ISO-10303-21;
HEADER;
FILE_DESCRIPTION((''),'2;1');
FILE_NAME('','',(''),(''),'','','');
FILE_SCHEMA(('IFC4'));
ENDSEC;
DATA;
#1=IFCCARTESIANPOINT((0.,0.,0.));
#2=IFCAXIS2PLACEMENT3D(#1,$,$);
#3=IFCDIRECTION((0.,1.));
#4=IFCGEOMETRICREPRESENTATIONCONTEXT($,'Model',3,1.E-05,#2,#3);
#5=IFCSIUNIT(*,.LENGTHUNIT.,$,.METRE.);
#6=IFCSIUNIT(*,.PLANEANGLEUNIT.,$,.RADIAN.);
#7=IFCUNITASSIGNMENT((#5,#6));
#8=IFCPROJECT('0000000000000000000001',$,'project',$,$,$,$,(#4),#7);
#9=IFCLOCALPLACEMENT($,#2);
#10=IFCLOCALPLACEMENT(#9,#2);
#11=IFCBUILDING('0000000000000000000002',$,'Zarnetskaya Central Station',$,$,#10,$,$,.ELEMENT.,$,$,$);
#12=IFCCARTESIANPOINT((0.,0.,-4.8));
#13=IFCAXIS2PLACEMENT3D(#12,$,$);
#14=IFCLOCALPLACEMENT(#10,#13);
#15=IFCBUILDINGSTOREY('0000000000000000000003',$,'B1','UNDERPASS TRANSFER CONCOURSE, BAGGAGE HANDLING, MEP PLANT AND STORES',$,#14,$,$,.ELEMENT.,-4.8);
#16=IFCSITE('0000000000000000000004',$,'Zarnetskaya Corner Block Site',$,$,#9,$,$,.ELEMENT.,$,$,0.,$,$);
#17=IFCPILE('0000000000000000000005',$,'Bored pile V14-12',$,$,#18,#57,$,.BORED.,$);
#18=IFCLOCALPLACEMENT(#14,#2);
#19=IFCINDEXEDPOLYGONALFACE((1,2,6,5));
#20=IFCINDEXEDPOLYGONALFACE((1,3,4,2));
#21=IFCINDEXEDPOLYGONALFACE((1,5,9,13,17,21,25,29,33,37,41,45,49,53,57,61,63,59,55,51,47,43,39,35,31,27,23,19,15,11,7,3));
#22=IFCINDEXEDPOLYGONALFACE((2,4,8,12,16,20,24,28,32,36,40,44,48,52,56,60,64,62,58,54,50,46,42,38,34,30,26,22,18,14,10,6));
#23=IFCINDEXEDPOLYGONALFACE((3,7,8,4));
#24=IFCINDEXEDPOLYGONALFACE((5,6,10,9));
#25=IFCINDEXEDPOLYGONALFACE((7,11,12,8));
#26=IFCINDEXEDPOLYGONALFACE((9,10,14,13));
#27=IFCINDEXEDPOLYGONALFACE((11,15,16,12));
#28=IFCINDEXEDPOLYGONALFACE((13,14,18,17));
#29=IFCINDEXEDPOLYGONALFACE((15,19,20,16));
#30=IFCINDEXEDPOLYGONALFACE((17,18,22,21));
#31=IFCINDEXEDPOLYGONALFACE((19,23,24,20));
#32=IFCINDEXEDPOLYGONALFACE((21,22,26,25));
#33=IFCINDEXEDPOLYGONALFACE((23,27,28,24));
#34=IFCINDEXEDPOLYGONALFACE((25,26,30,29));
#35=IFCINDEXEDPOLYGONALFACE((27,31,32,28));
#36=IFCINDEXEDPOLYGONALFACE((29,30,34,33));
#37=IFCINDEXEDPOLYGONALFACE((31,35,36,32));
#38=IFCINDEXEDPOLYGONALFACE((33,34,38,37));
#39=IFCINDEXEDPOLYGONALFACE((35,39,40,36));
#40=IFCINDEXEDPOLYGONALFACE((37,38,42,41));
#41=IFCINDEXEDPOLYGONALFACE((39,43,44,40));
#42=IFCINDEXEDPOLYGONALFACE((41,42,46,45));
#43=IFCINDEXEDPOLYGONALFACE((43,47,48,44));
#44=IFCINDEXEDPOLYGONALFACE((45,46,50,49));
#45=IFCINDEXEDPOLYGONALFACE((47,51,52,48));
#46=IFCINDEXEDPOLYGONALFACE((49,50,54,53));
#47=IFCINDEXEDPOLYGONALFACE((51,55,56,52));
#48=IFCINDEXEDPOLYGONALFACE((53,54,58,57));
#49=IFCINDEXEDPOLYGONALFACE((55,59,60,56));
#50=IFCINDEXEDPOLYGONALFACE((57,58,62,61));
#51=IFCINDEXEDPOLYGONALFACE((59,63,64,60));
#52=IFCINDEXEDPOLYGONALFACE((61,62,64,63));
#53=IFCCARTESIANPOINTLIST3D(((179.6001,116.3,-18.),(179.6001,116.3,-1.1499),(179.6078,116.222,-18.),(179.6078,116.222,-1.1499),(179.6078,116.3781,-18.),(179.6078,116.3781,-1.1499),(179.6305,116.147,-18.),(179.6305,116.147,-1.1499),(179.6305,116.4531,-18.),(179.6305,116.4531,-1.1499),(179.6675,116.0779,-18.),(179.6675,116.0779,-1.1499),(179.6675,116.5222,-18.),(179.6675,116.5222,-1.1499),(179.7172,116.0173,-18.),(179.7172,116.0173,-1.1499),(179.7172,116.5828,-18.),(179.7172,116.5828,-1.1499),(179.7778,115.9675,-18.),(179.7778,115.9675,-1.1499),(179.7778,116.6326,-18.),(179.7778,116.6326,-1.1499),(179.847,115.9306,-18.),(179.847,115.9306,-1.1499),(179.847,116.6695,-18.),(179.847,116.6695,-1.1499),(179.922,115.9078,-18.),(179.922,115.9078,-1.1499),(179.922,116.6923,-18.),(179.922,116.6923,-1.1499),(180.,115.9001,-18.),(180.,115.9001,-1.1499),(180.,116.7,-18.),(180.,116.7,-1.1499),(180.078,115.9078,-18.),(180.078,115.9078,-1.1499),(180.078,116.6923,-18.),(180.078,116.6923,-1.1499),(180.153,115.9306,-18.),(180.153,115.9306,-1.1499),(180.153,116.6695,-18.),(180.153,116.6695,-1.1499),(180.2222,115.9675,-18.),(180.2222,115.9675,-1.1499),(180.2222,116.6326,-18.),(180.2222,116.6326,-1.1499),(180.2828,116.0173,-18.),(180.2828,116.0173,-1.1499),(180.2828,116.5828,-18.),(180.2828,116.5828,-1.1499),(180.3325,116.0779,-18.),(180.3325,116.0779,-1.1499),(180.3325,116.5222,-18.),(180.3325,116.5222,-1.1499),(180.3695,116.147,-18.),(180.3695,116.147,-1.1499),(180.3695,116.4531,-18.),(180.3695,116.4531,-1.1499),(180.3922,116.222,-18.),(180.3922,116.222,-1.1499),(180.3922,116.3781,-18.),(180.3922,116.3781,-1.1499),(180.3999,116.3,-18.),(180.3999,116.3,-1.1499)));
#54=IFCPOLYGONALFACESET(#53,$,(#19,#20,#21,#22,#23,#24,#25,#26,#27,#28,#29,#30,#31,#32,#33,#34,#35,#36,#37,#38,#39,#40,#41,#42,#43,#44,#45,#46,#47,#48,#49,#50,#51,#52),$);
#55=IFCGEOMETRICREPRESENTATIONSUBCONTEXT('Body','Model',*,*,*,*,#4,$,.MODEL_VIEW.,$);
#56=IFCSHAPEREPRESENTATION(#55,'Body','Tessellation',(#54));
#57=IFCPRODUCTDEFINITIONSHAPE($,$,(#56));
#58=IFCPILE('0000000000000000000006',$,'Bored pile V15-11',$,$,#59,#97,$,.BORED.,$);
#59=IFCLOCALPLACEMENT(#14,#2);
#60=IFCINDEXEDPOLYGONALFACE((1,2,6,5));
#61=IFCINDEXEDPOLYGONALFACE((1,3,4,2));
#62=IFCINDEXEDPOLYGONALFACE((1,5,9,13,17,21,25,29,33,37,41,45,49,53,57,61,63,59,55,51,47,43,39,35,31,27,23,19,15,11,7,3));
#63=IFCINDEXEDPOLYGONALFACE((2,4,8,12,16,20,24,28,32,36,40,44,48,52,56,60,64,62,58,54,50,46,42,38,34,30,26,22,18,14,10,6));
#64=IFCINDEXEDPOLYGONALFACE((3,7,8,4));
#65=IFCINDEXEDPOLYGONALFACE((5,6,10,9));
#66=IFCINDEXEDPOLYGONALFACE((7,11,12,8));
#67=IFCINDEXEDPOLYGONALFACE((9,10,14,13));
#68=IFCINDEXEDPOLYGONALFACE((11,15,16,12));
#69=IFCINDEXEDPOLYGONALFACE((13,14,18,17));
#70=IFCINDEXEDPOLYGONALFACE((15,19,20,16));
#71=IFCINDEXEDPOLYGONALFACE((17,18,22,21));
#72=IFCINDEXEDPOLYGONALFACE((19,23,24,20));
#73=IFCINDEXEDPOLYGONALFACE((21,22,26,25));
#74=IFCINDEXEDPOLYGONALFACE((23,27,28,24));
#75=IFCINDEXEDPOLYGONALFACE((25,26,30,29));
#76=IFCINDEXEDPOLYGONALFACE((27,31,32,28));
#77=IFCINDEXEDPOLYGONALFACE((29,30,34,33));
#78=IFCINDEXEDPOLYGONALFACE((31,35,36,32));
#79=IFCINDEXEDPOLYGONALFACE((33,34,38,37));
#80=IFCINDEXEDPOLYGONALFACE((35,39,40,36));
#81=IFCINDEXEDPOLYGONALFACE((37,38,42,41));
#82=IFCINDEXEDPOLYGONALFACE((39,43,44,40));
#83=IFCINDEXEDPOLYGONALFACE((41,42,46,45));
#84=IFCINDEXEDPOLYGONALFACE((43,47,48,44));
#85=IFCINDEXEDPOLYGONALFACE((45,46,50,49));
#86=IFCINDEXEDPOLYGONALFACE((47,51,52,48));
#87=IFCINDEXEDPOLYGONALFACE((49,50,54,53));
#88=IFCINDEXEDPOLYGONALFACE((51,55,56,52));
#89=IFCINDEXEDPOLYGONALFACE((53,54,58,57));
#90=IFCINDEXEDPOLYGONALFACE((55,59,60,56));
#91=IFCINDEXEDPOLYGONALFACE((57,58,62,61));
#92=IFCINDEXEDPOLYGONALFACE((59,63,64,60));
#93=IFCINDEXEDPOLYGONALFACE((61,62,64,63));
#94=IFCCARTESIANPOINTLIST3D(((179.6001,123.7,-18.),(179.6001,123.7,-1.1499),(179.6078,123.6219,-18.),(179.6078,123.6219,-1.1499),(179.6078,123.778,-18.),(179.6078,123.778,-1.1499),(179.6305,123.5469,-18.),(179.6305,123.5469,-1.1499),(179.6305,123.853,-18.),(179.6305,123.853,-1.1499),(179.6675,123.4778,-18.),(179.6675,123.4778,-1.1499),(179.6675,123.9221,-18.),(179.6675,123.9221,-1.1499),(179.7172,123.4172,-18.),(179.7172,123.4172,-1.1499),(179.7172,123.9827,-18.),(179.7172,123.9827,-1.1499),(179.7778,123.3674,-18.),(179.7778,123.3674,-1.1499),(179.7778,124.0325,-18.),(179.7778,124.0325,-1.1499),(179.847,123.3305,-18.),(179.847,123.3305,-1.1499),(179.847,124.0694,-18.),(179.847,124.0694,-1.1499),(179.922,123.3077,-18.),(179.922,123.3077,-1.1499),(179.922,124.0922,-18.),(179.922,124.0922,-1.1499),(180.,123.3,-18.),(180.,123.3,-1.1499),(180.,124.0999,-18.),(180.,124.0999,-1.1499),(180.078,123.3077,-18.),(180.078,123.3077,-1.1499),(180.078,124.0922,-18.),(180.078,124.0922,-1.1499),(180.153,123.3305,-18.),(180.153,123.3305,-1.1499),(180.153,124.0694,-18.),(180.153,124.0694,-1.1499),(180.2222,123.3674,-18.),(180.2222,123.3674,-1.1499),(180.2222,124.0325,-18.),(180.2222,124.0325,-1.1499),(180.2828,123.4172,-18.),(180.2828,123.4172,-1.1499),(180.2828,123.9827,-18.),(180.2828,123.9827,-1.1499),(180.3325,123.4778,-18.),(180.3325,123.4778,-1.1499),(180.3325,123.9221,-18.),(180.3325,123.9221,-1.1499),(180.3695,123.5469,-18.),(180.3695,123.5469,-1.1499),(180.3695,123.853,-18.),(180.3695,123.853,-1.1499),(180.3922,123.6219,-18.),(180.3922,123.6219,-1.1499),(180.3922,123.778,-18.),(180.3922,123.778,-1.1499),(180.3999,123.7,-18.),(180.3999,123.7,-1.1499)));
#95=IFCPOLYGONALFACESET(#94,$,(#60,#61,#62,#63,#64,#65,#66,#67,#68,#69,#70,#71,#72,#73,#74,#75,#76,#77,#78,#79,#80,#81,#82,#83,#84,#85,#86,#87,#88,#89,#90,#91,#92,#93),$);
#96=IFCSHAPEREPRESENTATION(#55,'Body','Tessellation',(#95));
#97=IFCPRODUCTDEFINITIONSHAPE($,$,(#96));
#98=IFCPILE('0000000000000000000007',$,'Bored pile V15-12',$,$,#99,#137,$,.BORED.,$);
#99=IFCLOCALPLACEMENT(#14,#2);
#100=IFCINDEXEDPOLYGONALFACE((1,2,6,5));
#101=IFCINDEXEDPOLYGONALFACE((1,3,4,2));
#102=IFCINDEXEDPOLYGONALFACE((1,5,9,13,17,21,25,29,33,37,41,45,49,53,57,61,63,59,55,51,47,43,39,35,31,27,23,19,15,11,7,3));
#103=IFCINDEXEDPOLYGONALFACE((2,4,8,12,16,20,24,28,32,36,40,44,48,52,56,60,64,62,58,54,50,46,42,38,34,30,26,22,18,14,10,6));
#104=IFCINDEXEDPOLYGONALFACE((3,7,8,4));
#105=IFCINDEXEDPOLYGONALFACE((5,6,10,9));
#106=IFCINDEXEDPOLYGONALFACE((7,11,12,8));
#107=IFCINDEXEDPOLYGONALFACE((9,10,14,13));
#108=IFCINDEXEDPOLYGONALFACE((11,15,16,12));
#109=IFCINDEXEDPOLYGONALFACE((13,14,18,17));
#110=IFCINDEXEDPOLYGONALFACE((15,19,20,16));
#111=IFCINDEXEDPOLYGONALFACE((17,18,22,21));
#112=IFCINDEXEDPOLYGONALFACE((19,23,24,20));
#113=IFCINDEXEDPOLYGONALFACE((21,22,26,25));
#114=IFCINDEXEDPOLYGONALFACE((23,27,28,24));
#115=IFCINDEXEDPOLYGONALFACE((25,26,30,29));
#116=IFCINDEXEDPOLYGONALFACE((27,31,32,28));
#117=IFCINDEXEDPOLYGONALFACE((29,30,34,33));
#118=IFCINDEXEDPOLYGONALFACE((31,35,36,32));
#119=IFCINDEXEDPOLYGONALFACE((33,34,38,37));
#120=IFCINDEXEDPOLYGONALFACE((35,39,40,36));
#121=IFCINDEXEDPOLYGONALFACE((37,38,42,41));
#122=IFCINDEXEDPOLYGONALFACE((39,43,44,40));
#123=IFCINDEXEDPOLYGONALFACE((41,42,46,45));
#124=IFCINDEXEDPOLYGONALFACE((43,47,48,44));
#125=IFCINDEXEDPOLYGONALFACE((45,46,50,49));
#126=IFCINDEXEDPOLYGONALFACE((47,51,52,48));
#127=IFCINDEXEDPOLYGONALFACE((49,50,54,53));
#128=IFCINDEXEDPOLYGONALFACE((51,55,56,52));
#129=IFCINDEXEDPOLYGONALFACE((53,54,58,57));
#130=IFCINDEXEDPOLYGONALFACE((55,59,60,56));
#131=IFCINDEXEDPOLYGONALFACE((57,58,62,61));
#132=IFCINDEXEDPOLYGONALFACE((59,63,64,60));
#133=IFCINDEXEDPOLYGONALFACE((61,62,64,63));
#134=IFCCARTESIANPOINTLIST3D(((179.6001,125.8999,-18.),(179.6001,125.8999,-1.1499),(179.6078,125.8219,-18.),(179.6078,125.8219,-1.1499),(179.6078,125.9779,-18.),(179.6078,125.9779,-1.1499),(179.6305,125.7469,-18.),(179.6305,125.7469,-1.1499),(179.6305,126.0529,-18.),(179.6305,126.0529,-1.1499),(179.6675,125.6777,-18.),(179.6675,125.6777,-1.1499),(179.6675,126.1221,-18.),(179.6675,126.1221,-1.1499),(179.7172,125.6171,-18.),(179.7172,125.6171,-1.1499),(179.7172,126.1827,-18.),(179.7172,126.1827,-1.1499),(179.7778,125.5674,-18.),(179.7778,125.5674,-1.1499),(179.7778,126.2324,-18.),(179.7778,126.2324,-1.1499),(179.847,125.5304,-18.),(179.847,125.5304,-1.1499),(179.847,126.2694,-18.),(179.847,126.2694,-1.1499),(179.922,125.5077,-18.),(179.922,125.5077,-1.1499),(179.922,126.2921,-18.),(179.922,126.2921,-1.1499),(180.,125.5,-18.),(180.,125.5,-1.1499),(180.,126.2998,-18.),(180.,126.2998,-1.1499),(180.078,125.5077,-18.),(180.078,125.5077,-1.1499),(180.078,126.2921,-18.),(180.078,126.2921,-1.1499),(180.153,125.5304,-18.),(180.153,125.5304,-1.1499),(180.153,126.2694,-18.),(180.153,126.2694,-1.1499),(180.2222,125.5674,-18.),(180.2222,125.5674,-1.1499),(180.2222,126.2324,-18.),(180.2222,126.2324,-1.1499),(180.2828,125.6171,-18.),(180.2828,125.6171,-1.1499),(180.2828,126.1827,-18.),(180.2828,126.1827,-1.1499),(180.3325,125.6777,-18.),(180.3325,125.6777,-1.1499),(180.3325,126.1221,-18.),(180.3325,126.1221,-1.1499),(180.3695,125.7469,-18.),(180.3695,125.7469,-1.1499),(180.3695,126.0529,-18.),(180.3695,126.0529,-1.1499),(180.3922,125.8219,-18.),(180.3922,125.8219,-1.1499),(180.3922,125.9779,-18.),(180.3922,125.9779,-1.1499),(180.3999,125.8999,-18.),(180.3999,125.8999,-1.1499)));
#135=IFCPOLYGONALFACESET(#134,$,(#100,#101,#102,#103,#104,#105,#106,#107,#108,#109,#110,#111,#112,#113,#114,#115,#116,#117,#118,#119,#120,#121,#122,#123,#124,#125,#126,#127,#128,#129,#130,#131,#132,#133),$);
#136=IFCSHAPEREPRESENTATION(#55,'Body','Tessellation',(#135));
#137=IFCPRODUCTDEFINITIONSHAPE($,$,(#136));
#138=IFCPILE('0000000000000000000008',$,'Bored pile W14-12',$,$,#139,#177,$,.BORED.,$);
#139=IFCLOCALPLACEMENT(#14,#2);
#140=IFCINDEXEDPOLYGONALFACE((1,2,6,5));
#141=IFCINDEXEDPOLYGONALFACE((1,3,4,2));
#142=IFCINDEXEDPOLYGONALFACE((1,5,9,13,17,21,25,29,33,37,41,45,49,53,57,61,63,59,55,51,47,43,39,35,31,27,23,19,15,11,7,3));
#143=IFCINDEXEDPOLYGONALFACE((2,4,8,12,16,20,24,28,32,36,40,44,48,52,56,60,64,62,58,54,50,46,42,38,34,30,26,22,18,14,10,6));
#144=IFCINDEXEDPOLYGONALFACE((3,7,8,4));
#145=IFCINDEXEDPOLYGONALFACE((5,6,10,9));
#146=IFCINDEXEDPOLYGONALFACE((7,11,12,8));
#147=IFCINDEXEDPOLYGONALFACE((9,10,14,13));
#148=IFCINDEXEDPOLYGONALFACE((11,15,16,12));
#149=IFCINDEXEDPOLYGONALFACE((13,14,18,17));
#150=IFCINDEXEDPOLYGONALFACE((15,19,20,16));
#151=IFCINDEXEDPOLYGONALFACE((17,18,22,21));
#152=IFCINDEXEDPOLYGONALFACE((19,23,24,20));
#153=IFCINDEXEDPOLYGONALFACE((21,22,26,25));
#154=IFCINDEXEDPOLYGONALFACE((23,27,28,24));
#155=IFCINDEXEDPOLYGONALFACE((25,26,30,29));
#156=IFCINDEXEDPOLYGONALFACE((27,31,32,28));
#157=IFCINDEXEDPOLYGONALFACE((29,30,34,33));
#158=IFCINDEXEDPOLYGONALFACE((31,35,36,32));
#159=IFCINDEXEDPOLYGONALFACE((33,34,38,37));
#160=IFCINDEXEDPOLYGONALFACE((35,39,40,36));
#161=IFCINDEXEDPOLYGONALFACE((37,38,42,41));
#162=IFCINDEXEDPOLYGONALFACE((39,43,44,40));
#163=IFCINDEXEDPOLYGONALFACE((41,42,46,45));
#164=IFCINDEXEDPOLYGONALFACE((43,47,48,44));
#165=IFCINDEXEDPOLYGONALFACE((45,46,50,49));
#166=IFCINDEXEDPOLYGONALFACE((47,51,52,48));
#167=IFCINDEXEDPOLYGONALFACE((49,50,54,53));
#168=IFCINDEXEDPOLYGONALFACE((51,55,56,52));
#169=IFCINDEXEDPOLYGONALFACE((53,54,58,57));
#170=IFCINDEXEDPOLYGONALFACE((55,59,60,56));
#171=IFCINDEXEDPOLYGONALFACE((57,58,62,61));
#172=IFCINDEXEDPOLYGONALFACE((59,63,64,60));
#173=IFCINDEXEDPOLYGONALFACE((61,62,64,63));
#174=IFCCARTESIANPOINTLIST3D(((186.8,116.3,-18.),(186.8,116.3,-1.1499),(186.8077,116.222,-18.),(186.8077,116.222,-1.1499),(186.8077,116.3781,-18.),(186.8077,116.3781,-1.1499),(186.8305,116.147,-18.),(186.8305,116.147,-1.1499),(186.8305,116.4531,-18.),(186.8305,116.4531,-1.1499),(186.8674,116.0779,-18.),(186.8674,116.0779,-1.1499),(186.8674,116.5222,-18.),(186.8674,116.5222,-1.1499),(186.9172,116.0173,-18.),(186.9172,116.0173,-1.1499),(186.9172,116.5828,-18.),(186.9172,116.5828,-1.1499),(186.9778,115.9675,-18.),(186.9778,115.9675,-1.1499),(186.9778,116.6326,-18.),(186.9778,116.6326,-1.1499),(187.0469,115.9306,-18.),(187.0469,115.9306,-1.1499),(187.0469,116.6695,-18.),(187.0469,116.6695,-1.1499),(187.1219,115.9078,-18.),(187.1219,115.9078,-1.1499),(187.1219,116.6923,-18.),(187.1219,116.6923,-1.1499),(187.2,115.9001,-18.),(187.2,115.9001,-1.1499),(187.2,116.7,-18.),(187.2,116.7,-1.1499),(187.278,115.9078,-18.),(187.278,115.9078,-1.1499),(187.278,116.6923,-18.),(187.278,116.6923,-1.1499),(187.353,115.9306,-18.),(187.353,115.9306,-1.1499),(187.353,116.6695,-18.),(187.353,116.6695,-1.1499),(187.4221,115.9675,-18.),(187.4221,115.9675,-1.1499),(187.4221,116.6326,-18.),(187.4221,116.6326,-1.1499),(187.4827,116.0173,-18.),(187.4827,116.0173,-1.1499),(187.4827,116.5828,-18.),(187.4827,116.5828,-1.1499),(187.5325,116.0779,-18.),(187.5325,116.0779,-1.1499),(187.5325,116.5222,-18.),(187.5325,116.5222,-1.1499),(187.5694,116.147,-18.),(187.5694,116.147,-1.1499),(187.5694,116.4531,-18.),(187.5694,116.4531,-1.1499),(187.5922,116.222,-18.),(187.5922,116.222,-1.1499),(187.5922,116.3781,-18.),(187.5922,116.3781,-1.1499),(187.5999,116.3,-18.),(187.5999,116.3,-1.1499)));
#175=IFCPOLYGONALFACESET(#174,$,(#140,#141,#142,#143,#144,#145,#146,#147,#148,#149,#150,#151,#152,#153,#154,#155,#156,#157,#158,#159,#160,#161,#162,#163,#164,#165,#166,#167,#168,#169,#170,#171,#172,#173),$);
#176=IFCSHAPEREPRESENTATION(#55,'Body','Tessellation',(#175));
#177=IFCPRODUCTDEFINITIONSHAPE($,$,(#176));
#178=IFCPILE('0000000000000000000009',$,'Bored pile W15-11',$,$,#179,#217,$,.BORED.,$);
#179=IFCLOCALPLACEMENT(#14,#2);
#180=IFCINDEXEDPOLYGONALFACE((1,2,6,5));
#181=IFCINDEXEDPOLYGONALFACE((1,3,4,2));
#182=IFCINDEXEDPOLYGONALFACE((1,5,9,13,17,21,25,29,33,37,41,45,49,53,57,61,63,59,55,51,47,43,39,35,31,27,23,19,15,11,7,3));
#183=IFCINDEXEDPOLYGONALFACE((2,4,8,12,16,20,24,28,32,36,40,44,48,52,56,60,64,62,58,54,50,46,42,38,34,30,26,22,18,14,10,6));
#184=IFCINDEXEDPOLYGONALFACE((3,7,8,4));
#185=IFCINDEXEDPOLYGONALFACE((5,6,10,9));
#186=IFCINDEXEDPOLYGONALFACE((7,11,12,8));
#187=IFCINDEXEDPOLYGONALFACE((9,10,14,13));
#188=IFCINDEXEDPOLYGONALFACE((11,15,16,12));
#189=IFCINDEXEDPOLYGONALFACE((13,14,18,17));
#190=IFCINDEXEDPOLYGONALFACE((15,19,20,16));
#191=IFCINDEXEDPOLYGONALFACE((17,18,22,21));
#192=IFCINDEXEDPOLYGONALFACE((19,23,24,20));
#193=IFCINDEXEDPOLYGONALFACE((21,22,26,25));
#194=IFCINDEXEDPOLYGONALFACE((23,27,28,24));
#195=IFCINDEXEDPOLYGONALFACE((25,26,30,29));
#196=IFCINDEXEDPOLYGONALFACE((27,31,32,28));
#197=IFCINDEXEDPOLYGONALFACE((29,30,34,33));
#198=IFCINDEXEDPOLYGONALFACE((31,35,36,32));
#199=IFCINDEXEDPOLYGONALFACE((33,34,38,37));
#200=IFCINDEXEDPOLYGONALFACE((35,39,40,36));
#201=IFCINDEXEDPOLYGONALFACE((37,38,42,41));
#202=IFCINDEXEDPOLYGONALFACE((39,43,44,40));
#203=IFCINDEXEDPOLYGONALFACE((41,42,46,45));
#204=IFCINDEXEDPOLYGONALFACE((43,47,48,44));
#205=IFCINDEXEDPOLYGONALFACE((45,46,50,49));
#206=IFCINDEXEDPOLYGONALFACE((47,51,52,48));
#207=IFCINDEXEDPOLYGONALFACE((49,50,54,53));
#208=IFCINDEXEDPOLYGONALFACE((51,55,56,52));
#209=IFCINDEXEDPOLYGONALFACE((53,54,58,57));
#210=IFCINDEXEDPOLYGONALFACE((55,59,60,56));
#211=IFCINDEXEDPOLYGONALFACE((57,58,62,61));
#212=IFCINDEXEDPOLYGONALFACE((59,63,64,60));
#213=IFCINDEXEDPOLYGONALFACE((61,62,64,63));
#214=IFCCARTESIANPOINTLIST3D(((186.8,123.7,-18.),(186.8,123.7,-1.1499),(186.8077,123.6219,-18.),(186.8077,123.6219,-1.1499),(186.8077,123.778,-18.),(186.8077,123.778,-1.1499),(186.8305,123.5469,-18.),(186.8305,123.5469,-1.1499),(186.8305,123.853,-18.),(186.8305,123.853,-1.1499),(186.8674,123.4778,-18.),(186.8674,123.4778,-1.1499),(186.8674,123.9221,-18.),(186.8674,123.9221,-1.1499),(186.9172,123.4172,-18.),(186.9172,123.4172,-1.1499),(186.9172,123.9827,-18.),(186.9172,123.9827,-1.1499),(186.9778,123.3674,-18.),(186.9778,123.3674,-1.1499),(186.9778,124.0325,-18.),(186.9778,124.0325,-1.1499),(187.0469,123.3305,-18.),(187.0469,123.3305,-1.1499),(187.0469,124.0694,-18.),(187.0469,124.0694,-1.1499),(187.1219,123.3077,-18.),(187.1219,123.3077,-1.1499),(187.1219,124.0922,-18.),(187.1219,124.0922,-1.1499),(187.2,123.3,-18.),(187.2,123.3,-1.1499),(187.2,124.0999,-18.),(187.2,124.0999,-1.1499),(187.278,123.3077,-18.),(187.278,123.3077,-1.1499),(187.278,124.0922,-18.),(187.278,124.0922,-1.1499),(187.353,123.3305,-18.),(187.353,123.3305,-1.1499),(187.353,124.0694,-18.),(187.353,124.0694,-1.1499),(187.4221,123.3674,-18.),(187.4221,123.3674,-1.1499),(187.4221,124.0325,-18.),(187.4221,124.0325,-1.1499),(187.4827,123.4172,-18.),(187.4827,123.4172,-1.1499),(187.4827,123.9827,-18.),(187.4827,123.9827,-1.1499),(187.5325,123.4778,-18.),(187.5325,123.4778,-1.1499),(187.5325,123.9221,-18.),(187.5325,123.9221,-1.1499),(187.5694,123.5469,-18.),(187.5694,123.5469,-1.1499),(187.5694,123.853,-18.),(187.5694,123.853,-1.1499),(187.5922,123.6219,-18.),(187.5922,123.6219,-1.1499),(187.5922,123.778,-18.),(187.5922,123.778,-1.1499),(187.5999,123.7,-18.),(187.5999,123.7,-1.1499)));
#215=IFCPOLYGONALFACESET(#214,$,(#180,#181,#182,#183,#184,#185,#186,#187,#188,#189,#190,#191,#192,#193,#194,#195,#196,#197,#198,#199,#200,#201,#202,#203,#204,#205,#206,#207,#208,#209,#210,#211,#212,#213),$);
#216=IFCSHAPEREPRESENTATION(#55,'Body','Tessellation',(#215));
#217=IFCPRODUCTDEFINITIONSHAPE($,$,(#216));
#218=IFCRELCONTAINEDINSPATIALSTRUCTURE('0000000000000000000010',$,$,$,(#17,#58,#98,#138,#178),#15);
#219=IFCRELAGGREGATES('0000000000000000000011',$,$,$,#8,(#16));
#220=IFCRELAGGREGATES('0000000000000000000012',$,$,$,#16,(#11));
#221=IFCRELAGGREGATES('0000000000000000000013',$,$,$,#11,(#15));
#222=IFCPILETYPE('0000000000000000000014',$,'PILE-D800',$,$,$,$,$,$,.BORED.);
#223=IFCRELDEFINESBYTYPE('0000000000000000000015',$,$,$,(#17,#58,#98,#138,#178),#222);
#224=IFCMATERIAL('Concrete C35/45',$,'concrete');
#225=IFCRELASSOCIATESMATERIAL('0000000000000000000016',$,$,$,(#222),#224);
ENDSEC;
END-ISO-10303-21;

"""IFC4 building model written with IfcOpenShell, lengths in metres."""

from ifc_helpers import new_model, si_unit, direction, frame, origin, origin_2d, place, context, subcontext, project, spatial, circle, extrude, material, material_profile, profile_set, type_object, element, save


model = new_model("IFC4")

# Units and contexts
model_context = context("Model", 3, precision=1e-05, world=origin(), true_north=direction((0.0, 1.0)))
body_context = subcontext(model_context, "Body", "Model", "MODEL_VIEW")
ifc_project = project(units=[si_unit("LENGTHUNIT", "METRE"), si_unit("PLANEANGLEUNIT", "RADIAN")], contexts=[model_context])

# Site, building, storey
site_placement = place(None, origin())
site = spatial("IfcSite", under=ifc_project, at=site_placement, Name="Zarnetskaya Corner Block Site", CompositionType="ELEMENT", RefElevation=0.0)
building_placement = place(site_placement, origin())
building = spatial("IfcBuilding", under=site, at=building_placement, Name="Zarnetskaya Central Station", CompositionType="ELEMENT")
storey_placement = place(building_placement, frame((0.0, 0.0, -4.8)))
storey = spatial("IfcBuildingStorey", under=building, at=storey_placement, Name="B1", Description="UNDERPASS TRANSFER CONCOURSE, BAGGAGE HANDLING, MEP PLANT AND STORES", CompositionType="ELEMENT", Elevation=-4.8)

# Shared definitions
ifc_material = material(Name="Concrete C35/45", Category="concrete")

# Piles
ifc_material_profile_1 = material_profile(ifc_material, circle(Radius=0.3999, at=origin_2d()), Name="BORED PILE D800")
ifc_profile_set_1 = profile_set([ifc_material_profile_1], Name="Concrete C35/45")
pile_type = type_object("IfcPileType", Name="PILE-D800", PredefinedType="BORED", material=ifc_profile_set_1)
for number, where, z_axis, x_axis, name in (
    (1, (180.0, 116.3, -1.1499), (0.0, 0.0, -1.0), (1.0, 0.0, 0.0), "Bored pile V14-12"),
    (2, (180.0, 123.7, -1.1499), (0.0, 0.0, -1.0), (1.0, 0.0, 0.0), "Bored pile V15-11"),
    (3, (180.0, 125.8999, -1.1499), (0.0, 0.0, -1.0), (1.0, 0.0, 0.0), "Bored pile V15-12"),
    (4, (187.2, 116.3, -1.1499), (0.0, 0.0, -1.0), (1.0, 0.0, 0.0), "Bored pile W14-12"),
    (5, (187.2, 123.7, -1.1499), (0.0, 0.0, -1.0), (1.0, 0.0, 0.0), "Bored pile W15-11"),
):
    element("IfcPile", number, at=place(storey_placement, frame(where, z_axis=z_axis, x_axis=x_axis)), inside=storey, type_object=pile_type, Name=name, PredefinedType="BORED", context=body_context, shape_type="SweptSolid", body=[
        extrude(circle(Radius=0.3999, at=origin_2d()), origin(), (0.0, 0.0, 1.0), 16.8501),
    ])

save(model, "model.ifc")
